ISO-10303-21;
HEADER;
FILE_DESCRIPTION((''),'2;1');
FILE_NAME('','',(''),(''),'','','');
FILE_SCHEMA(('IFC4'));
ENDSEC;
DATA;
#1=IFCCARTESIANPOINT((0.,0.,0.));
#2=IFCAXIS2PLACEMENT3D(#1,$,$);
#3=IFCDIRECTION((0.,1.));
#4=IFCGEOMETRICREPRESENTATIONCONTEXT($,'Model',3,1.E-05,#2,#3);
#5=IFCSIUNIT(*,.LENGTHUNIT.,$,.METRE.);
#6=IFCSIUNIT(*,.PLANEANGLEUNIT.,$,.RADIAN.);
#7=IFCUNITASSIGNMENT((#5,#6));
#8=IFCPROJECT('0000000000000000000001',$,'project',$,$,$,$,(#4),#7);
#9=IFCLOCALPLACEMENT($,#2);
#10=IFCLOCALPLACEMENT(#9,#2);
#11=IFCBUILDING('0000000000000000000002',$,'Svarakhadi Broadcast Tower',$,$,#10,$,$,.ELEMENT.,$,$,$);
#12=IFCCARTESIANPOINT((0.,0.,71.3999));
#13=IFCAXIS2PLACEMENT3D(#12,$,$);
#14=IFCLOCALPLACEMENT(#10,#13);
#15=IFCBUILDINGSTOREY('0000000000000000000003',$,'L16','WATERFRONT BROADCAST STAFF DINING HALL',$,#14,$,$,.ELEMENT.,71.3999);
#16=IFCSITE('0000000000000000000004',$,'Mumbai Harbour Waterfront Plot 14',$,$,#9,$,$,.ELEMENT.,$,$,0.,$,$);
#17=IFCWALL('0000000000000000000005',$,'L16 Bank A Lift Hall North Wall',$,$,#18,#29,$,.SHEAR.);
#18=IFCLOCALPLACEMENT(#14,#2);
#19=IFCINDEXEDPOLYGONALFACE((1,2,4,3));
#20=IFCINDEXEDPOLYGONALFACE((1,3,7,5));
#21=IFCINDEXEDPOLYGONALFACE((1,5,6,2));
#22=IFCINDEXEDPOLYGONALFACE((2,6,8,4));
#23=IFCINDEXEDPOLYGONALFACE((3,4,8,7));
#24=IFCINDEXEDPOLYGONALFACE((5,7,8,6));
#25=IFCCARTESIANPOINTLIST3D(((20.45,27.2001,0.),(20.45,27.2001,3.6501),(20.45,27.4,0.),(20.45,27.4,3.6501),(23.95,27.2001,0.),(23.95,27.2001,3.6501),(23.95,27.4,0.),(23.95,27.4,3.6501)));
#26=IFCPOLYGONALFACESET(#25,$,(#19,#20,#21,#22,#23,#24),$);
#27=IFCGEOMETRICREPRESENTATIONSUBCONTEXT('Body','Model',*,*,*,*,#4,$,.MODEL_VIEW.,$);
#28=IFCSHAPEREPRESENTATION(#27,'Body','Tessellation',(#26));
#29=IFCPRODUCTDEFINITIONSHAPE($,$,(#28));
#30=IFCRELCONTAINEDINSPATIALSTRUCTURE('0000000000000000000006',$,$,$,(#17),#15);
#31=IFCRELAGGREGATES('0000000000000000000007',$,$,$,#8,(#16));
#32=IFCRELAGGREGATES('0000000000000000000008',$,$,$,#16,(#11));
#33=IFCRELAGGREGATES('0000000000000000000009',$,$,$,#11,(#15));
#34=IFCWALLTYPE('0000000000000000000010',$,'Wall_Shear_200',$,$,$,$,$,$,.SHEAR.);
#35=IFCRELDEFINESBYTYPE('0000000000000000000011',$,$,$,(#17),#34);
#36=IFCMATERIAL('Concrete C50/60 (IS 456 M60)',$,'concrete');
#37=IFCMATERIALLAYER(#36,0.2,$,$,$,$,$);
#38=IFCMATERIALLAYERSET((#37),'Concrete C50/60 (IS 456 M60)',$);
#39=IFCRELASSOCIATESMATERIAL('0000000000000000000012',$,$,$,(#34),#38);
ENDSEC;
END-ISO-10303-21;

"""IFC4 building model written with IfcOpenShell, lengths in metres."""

from ifc_helpers import new_model, si_unit, direction, frame, frame_2d, origin, place, context, subcontext, project, spatial, rectangle, extrude, material, layer, layer_set, type_object, element, save


model = new_model("IFC4")

# Units and contexts
model_context = context("Model", 3, precision=1e-05, world=origin(), true_north=direction((0.0, 1.0)))
body_context = subcontext(model_context, "Body", "Model", "MODEL_VIEW")
ifc_project = project(units=[si_unit("LENGTHUNIT", "METRE"), si_unit("PLANEANGLEUNIT", "RADIAN")], contexts=[model_context])

# Site, building, storey
site_placement = place(None, origin())
site = spatial("IfcSite", under=ifc_project, at=site_placement, Name="Mumbai Harbour Waterfront Plot 14", CompositionType="ELEMENT", RefElevation=0.0)
building_placement = place(site_placement, origin())
building = spatial("IfcBuilding", under=site, at=building_placement, Name="Svarakhadi Broadcast Tower", CompositionType="ELEMENT")
storey_placement = place(building_placement, frame((0.0, 0.0, 71.3999)))
storey = spatial("IfcBuildingStorey", under=building, at=storey_placement, Name="L16", Description="WATERFRONT BROADCAST STAFF DINING HALL", CompositionType="ELEMENT", Elevation=71.3999)

# Wall
ifc_material_1 = material(Name="Concrete C50/60 (IS 456 M60)", Category="concrete")
ifc_layer_1 = layer(ifc_material_1, 0.2)
ifc_layer_set_1 = layer_set([ifc_layer_1], Name="Concrete C50/60 (IS 456 M60)")
wall_type_1 = type_object("IfcWallType", Name="Wall_Shear_200", PredefinedType="SHEAR", material=ifc_layer_set_1)
wall_1_placement = place(storey_placement, frame((20.45, 27.3, 0.0), z_axis=(0.0, 0.0, 1.0), x_axis=(1.0, 0.0, 0.0)))
element("IfcWall", 1, at=wall_1_placement, inside=storey, type_object=wall_type_1, Name="L16 Bank A Lift Hall North Wall", PredefinedType="SHEAR", context=body_context, shape_type="SweptSolid", body=[
    extrude(rectangle(XDim=3.5, YDim=0.2, at=frame_2d((1.75, 0.0))), origin(), (0.0, 0.0, 1.0), 3.6501),
])

save(model, "model.ifc")
